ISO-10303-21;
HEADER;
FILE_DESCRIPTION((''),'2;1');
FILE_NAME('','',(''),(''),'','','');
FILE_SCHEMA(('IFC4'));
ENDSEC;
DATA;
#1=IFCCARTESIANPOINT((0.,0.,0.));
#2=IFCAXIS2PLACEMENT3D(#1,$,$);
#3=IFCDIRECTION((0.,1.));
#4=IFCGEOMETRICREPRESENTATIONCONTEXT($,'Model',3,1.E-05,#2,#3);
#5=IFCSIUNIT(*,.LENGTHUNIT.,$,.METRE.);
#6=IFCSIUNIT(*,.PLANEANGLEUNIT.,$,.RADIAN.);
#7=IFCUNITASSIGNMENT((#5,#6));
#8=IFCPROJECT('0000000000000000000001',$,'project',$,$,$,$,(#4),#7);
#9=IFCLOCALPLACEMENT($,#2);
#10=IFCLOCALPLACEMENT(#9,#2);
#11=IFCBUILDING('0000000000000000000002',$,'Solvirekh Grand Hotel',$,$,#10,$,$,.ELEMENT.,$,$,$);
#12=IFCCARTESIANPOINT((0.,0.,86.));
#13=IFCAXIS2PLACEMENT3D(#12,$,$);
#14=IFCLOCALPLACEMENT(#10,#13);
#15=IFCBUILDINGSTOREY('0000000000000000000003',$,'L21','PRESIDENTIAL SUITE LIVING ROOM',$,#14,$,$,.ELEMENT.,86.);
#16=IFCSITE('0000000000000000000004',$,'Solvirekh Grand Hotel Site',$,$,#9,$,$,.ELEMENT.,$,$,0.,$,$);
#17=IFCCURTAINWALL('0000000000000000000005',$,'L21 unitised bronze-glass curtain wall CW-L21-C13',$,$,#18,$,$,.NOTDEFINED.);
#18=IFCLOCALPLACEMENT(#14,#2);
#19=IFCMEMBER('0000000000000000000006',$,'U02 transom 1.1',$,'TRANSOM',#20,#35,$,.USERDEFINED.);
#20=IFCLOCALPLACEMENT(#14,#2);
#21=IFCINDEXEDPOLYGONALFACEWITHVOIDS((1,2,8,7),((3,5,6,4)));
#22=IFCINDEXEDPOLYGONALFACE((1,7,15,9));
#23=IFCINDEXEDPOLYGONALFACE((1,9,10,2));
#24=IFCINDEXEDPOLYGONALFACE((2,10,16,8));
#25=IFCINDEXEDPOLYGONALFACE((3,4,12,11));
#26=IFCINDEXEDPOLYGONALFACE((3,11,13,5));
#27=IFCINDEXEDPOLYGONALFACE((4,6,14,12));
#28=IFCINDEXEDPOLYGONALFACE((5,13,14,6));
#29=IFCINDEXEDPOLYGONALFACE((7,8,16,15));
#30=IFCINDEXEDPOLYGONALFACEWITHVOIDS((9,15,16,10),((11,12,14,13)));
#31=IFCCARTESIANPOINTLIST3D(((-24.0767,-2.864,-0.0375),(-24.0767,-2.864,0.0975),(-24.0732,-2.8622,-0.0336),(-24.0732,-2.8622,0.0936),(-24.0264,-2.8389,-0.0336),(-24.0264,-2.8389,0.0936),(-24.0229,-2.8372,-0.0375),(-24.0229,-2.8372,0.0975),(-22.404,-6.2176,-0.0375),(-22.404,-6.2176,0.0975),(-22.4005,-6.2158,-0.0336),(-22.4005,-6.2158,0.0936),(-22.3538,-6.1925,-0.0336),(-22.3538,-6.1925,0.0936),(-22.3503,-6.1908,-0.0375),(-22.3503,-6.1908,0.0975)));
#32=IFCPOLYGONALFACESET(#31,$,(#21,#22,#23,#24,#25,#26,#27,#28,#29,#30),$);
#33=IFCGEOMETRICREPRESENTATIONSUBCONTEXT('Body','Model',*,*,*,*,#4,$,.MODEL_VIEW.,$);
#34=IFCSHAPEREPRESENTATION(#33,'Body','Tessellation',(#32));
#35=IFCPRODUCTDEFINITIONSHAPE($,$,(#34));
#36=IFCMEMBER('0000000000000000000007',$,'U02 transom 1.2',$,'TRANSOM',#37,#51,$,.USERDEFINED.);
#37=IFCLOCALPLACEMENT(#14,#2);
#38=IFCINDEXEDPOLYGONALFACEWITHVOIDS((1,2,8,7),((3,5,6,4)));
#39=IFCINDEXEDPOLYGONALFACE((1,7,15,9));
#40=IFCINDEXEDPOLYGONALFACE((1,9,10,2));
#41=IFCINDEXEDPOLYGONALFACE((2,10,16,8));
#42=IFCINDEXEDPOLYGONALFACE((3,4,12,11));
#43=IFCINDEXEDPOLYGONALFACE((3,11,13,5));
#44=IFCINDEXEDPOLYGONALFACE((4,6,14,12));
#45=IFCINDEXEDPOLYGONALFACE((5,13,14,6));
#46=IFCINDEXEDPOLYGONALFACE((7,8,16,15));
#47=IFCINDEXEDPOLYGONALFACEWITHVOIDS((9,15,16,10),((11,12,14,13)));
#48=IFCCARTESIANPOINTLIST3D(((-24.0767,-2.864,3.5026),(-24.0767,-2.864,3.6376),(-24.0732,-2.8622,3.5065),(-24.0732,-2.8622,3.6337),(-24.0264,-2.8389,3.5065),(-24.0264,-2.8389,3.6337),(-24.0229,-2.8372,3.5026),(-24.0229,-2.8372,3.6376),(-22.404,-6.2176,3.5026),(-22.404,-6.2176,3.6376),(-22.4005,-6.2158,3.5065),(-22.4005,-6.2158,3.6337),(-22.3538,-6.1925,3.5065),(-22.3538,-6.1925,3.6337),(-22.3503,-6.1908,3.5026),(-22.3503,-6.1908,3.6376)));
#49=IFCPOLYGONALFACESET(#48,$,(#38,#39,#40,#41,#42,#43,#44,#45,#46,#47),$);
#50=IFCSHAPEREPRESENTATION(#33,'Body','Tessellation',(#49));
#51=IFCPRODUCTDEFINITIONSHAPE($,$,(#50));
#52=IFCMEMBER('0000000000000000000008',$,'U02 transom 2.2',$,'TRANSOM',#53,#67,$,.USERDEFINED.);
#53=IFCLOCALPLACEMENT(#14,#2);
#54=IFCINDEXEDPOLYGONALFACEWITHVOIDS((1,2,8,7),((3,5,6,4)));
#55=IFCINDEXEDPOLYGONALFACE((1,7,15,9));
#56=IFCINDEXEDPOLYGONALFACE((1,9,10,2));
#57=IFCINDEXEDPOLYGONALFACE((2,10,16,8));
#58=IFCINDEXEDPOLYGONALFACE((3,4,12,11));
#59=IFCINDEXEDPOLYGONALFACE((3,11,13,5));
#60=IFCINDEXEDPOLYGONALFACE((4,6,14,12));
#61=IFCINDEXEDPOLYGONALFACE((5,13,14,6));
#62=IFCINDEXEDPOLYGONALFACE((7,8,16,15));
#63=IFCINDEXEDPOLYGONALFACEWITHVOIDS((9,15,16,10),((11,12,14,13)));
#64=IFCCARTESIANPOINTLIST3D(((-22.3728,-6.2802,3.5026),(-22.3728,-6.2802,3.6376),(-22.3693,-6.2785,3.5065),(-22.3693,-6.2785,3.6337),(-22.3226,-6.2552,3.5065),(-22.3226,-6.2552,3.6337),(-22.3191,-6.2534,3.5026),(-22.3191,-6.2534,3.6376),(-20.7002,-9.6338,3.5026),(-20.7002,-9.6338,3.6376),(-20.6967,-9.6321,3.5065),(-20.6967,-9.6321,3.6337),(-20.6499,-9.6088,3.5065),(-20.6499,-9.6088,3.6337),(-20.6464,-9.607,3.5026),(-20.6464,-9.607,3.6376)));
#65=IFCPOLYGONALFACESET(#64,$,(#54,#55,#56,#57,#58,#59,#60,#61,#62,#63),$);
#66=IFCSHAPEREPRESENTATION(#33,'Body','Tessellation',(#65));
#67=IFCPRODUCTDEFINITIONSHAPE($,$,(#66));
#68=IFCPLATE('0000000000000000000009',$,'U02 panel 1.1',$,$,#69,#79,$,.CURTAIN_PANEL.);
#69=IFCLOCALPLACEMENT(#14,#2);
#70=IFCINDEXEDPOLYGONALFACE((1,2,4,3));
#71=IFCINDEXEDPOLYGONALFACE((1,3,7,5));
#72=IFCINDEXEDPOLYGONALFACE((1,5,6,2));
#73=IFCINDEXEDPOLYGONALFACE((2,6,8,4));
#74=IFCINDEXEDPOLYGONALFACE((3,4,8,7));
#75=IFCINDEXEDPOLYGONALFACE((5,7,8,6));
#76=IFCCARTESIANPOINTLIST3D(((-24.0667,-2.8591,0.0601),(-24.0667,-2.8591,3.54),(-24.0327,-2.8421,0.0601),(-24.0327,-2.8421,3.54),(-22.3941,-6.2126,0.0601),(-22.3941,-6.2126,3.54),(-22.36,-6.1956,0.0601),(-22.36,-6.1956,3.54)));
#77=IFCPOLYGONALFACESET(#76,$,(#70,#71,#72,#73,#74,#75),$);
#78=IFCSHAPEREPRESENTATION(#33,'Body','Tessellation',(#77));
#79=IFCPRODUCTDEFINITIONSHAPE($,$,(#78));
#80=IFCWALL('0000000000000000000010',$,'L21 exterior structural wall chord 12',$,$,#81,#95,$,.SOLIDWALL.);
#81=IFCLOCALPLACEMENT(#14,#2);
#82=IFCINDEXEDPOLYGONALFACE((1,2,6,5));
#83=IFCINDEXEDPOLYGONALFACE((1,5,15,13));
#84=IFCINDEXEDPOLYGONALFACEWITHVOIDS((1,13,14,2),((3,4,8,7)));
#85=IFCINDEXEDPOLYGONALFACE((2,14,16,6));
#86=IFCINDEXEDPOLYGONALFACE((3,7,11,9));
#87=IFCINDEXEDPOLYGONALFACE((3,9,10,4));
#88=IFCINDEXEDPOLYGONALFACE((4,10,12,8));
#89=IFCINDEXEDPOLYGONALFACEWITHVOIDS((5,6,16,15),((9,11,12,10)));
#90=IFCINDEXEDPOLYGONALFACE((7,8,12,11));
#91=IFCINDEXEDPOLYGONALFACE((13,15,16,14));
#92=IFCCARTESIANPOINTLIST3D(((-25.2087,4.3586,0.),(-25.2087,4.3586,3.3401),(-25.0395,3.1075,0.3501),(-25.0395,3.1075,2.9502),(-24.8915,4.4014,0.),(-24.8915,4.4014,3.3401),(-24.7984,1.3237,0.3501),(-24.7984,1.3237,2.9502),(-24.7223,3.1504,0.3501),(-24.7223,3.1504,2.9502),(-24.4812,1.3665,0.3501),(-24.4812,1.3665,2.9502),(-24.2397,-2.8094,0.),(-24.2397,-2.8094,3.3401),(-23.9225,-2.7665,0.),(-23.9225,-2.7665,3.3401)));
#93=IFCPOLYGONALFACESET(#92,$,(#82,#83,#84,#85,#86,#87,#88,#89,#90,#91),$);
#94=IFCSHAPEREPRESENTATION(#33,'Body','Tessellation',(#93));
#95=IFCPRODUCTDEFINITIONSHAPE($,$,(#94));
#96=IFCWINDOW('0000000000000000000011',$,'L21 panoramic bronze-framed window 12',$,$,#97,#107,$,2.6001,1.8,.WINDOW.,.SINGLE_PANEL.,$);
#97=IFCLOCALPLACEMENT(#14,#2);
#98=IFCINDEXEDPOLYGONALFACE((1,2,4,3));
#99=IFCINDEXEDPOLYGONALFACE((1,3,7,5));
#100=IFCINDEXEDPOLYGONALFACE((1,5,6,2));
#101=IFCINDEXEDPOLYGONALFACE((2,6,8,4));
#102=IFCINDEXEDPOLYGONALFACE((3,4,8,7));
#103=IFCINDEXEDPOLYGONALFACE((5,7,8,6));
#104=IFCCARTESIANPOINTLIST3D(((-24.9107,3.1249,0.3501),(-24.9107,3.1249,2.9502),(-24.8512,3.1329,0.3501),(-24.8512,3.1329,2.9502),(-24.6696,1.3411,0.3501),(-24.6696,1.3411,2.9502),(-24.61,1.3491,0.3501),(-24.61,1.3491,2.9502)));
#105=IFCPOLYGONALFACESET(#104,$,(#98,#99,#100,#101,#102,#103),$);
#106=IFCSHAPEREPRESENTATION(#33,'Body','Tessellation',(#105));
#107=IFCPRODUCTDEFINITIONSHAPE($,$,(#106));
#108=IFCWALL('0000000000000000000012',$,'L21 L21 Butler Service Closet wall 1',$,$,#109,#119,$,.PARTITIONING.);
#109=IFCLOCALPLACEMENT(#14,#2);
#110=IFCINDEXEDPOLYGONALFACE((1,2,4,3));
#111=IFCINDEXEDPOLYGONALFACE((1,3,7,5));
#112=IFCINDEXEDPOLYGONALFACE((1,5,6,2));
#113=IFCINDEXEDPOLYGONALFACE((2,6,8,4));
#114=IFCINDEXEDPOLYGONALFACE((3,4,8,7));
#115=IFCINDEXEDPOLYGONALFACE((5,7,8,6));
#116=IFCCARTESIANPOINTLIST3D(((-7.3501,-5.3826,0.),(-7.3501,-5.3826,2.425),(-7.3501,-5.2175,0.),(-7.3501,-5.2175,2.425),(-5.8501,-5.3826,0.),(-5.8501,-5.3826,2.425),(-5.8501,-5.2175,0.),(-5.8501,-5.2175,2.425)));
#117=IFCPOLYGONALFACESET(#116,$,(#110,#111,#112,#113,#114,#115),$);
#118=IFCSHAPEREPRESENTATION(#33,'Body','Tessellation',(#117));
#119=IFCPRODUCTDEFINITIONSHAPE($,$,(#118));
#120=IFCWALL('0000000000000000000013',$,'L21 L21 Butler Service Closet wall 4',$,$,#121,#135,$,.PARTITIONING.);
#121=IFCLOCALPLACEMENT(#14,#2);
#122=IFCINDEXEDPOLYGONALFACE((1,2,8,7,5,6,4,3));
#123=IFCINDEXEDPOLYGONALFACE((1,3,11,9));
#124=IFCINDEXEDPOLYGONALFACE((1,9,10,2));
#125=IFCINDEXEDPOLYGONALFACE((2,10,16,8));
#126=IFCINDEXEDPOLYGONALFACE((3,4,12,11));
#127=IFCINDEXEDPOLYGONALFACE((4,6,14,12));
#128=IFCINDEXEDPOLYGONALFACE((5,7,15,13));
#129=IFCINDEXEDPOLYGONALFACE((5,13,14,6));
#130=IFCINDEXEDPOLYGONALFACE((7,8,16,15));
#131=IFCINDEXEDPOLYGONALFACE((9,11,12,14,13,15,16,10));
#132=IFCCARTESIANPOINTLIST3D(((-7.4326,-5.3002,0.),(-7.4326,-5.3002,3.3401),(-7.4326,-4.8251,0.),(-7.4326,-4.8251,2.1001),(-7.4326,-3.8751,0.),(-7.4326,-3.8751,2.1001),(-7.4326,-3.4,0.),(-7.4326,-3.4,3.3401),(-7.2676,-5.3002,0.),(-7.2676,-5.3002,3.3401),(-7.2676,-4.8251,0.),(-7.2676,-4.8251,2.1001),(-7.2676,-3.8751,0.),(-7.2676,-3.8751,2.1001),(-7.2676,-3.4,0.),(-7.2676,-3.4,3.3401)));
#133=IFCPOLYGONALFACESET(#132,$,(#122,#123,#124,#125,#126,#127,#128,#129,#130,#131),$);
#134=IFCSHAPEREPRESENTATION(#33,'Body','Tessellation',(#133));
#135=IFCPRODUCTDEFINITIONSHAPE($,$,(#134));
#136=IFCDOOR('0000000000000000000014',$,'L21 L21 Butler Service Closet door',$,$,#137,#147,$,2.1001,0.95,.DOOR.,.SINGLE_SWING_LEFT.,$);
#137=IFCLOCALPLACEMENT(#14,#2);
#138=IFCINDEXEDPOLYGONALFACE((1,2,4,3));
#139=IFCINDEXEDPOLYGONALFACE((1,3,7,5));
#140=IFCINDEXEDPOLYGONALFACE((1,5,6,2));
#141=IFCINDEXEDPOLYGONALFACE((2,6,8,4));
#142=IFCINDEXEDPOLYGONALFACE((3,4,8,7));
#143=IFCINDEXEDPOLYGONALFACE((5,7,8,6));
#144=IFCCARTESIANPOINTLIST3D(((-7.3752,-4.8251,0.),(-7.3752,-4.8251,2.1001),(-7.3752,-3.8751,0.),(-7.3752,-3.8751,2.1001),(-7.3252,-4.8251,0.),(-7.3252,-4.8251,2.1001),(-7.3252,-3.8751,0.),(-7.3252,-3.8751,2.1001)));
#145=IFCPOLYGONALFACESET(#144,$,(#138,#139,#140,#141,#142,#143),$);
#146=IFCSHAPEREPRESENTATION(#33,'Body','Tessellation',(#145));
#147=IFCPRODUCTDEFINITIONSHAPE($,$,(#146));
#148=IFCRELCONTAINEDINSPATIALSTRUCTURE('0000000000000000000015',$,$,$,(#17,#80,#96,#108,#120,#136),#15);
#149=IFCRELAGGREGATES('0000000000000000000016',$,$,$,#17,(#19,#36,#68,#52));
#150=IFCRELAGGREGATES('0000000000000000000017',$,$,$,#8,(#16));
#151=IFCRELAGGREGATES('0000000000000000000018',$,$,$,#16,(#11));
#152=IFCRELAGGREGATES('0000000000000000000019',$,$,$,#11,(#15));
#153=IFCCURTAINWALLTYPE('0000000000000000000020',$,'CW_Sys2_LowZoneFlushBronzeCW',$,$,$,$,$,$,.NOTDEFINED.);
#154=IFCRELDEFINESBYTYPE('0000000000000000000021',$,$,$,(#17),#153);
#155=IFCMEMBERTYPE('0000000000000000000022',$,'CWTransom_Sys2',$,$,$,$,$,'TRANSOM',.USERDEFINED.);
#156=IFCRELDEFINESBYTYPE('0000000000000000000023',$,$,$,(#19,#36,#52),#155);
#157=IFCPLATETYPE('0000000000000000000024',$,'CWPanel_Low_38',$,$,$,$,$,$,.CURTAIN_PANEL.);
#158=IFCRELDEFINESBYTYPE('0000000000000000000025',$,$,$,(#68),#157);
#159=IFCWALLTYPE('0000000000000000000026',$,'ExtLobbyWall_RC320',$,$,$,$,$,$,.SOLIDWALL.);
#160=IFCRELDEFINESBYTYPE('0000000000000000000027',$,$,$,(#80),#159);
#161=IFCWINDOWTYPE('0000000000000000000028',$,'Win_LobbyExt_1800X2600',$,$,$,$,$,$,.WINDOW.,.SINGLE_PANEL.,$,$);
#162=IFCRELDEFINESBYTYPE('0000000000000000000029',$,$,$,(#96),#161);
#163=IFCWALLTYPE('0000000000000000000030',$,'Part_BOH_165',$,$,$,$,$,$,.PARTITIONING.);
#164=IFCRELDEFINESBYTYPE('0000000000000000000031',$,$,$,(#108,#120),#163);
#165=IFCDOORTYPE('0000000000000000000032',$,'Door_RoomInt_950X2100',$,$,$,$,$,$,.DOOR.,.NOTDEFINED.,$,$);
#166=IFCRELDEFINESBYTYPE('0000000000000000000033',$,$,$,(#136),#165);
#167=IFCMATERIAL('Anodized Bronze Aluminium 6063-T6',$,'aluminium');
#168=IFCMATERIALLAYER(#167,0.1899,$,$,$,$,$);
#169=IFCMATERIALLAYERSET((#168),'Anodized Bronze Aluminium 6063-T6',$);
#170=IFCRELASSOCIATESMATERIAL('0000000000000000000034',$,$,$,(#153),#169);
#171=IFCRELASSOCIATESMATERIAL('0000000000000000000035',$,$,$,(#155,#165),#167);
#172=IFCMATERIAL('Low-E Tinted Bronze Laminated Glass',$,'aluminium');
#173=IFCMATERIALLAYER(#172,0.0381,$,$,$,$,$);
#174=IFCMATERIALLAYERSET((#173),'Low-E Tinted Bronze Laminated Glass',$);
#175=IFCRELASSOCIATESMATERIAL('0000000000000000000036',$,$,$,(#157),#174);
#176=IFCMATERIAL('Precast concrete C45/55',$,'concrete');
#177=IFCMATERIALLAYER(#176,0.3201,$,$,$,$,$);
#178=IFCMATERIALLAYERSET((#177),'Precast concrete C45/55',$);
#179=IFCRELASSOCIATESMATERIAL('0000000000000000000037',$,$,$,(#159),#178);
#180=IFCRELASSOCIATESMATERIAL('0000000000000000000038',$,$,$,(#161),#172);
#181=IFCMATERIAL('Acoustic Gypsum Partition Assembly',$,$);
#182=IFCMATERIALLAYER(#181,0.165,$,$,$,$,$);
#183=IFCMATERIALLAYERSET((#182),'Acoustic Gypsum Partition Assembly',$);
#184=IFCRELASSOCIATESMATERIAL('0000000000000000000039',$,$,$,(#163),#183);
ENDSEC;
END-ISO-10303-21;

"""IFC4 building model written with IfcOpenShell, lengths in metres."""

from ifc_helpers import new_model, si_unit, direction, frame, frame_2d, origin, origin_2d, place, context, subcontext, project, spatial, rectangle, hollow_rectangle, extrude, source, transform, mapped, material, layer, layer_set, material_profile, profile_set, type_object, element, fill, aggregate, save


model = new_model("IFC4")

# Units and contexts
model_context = context("Model", 3, precision=1e-05, world=origin(), true_north=direction((0.0, 1.0)))
body_context = subcontext(model_context, "Body", "Model", "MODEL_VIEW")
ifc_project = project(units=[si_unit("LENGTHUNIT", "METRE"), si_unit("PLANEANGLEUNIT", "RADIAN")], contexts=[model_context])

# Site, building, storey
site_placement = place(None, origin())
site = spatial("IfcSite", under=ifc_project, at=site_placement, Name="Solvirekh Grand Hotel Site", CompositionType="ELEMENT", RefElevation=0.0)
building_placement = place(site_placement, origin())
building = spatial("IfcBuilding", under=site, at=building_placement, Name="Solvirekh Grand Hotel", CompositionType="ELEMENT")
storey_placement = place(building_placement, frame((0.0, 0.0, 86.0)))
storey = spatial("IfcBuildingStorey", under=building, at=storey_placement, Name="L21", Description="PRESIDENTIAL SUITE LIVING ROOM", CompositionType="ELEMENT", Elevation=86.0)

# Curtain wall, members, plate
ifc_material_1 = material(Name="Anodized Bronze Aluminium 6063-T6", Category="aluminium")
ifc_layer_1 = layer(ifc_material_1, 0.1899)
ifc_layer_set_1 = layer_set([ifc_layer_1], Name="Anodized Bronze Aluminium 6063-T6")
curtain_wall_type = type_object("IfcCurtainWallType", Name="CW_Sys2_LowZoneFlushBronzeCW", PredefinedType="NOTDEFINED", material=ifc_layer_set_1)
curtain_wall_placement = place(storey_placement, origin())
curtain_wall = element("IfcCurtainWall", 1, at=curtain_wall_placement, inside=storey, type_object=curtain_wall_type, Name="L21 unitised bronze-glass curtain wall CW-L21-C13", PredefinedType="NOTDEFINED")
ifc_material_profile_1 = material_profile(ifc_material_1, hollow_rectangle(XDim=0.0601, YDim=0.135, WallThickness=0.0039, at=origin_2d()), Name="ALU RHS 135X60X4")
ifc_profile_set_1 = profile_set([ifc_material_profile_1], Name="Anodized Bronze Aluminium 6063-T6")
member_type_1 = type_object("IfcMemberType", Name="CWTransom_Sys2", ElementType="TRANSOM", PredefinedType="USERDEFINED", material=ifc_profile_set_1)
shared_shape_1 = source(origin(), body_context, "Body", "SweptSolid", [
    extrude(hollow_rectangle(XDim=0.0601, YDim=0.135, WallThickness=0.0039, at=origin_2d()), origin(), (0.0, 0.0, 1.0), 3.7476),
])
member_1_placement = place(storey_placement, frame((-24.0498, -2.8506, 0.03), z_axis=(0.446327, -0.89487, 0.0), x_axis=(0.89487, 0.446327, 0.0)))
member_1 = element("IfcMember", 2, at=member_1_placement, type_object=member_type_1, Name="U02 transom 1.1", ObjectType="TRANSOM", PredefinedType="USERDEFINED", context=body_context, shape_type="MappedRepresentation", body=[
    mapped(shared_shape_1, transform((0.0, 0.0, 0.0), x_axis=(1.0, 0.0, 0.0), y_axis=(0.0, 1.0, 0.0), z_axis=(0.0, 0.0, 1.0), scale=1.0)),
])
member_2_placement = place(storey_placement, frame((-24.0498, -2.8506, 3.5701), z_axis=(0.446327, -0.89487, 0.0), x_axis=(0.89487, 0.446327, 0.0)))
member_2 = element("IfcMember", 3, at=member_2_placement, type_object=member_type_1, Name="U02 transom 1.2", ObjectType="TRANSOM", PredefinedType="USERDEFINED", context=body_context, shape_type="MappedRepresentation", body=[
    mapped(shared_shape_1, transform((0.0, 0.0, 0.0), x_axis=(1.0, 0.0, 0.0), y_axis=(0.0, 1.0, 0.0), z_axis=(0.0, 0.0, 1.0), scale=1.0)),
])
member_3_placement = place(storey_placement, frame((-22.3459, -6.2668, 3.5701), z_axis=(0.446327, -0.89487, 0.0), x_axis=(0.89487, 0.446327, 0.0)))
member_3 = element("IfcMember", 4, at=member_3_placement, type_object=member_type_1, Name="U02 transom 2.2", ObjectType="TRANSOM", PredefinedType="USERDEFINED", context=body_context, shape_type="MappedRepresentation", body=[
    mapped(shared_shape_1, transform((0.0, 0.0, 0.0), x_axis=(1.0, 0.0, 0.0), y_axis=(0.0, 1.0, 0.0), z_axis=(0.0, 0.0, 1.0), scale=1.0)),
])
ifc_material_2 = material(Name="Low-E Tinted Bronze Laminated Glass", Category="aluminium")
ifc_layer_2 = layer(ifc_material_2, 0.0381)
ifc_layer_set_2 = layer_set([ifc_layer_2], Name="Low-E Tinted Bronze Laminated Glass")
plate_type = type_object("IfcPlateType", Name="CWPanel_Low_38", PredefinedType="CURTAIN_PANEL", material=ifc_layer_set_2)
shared_shape_2 = source(origin(), body_context, "Body", "SweptSolid", [
    extrude(rectangle(XDim=3.7476, YDim=0.0381, at=origin_2d()), origin(), (0.0, 0.0, 1.0), 3.48),
])
plate_placement = place(storey_placement, frame((-23.2134, -4.5273, 0.0601), z_axis=(0.0, 0.0, 1.0), x_axis=(0.446331, -0.894868, 0.0)))
plate = element("IfcPlate", 5, at=plate_placement, type_object=plate_type, Name="U02 panel 1.1", PredefinedType="CURTAIN_PANEL", context=body_context, shape_type="MappedRepresentation", body=[
    mapped(shared_shape_2, transform((0.0, 0.0, 0.0), x_axis=(1.0, 0.0, 0.0), y_axis=(0.0, 1.0, 0.0), z_axis=(0.0, 0.0, 1.0), scale=1.0)),
])
aggregate(curtain_wall, [member_1, member_2, plate, member_3])

# Wall, opening, window
ifc_material_3 = material(Name="Precast concrete C45/55", Category="concrete")
ifc_layer_3 = layer(ifc_material_3, 0.3201)
ifc_layer_set_3 = layer_set([ifc_layer_3], Name="Precast concrete C45/55")
wall_type_1 = type_object("IfcWallType", Name="ExtLobbyWall_RC320", PredefinedType="SOLIDWALL", material=ifc_layer_set_3)
wall_1_placement = place(storey_placement, frame((-24.0811, -2.7881, 0.0), z_axis=(0.0, 0.0, 1.0), x_axis=(-0.133965, 0.990986, 0.0)))
wall_1 = element("IfcWall", 6, at=wall_1_placement, inside=storey, type_object=wall_type_1, Name="L21 exterior structural wall chord 12", PredefinedType="SOLIDWALL", context=body_context, shape_type="SweptSolid", body=[
    extrude(rectangle(XDim=7.2332, YDim=0.3201, at=frame_2d((3.6167, 0.0))), origin(), (0.0, 0.0, 1.0), 3.3401),
])
opening_1_placement = place(wall_1_placement, frame((4.1709, 0.0, 0.3501)))
opening_1 = element("IfcOpeningElement", 7, at=opening_1_placement, cuts=wall_1, PredefinedType="OPENING", context=body_context, shape_type="SweptSolid", body=[
    extrude(rectangle(XDim=1.8, YDim=2.6001, at=frame_2d((0.8999, 1.3))), frame((0.0, 0.1699, 0.0), z_axis=(0.0, -1.0, 0.0), x_axis=(1.0, 0.0, 0.0)), (0.0, 0.0, 1.0), 0.3401),
])
window_type = type_object("IfcWindowType", Name="Win_LobbyExt_1800X2600", PartitioningType="SINGLE_PANEL", PredefinedType="WINDOW", material=ifc_material_2)
window_placement = place(opening_1_placement, origin())
window = element("IfcWindow", 8, at=window_placement, inside=storey, type_object=window_type, Name="L21 panoramic bronze-framed window 12", OverallHeight=2.6001, OverallWidth=1.8, PartitioningType="SINGLE_PANEL", PredefinedType="WINDOW", context=body_context, shape_type="SweptSolid", body=[
    extrude(rectangle(XDim=1.8, YDim=2.6001, at=frame_2d((0.8999, 1.3))), frame((0.0, 0.03, 0.0), z_axis=(0.0, -1.0, 0.0), x_axis=(1.0, 0.0, 0.0)), (0.0, 0.0, 1.0), 0.0601),
])
fill(opening_1, window)

# Wall
ifc_material_4 = material(Name="Acoustic Gypsum Partition Assembly")
ifc_layer_4 = layer(ifc_material_4, 0.165)
ifc_layer_set_4 = layer_set([ifc_layer_4], Name="Acoustic Gypsum Partition Assembly")
wall_type_2 = type_object("IfcWallType", Name="Part_BOH_165", PredefinedType="PARTITIONING", material=ifc_layer_set_4)
wall_2_placement = place(storey_placement, frame((-7.3501, -5.3, 0.0), z_axis=(0.0, 0.0, 1.0), x_axis=(1.0, 0.0, 0.0)))
element("IfcWall", 9, at=wall_2_placement, inside=storey, type_object=wall_type_2, Name="L21 L21 Butler Service Closet wall 1", PredefinedType="PARTITIONING", context=body_context, shape_type="SweptSolid", body=[
    extrude(rectangle(XDim=1.5, YDim=0.165, at=frame_2d((0.75, 0.0))), origin(), (0.0, 0.0, 1.0), 2.425),
])

# Wall, opening, door
wall_3_placement = place(storey_placement, frame((-7.3501, -3.3999, 0.0), z_axis=(0.0, 0.0, 1.0), x_axis=(0.0, -1.0, 0.0)))
wall_3 = element("IfcWall", 10, at=wall_3_placement, inside=storey, type_object=wall_type_2, Name="L21 L21 Butler Service Closet wall 4", PredefinedType="PARTITIONING", context=body_context, shape_type="SweptSolid", body=[
    extrude(rectangle(XDim=1.9001, YDim=0.165, at=frame_2d((0.9502, 0.0))), origin(), (0.0, 0.0, 1.0), 3.3401),
])
opening_2_placement = place(wall_3_placement, frame((0.4751, 0.0, 0.0)))
opening_2 = element("IfcOpeningElement", 11, at=opening_2_placement, cuts=wall_3, PredefinedType="OPENING", context=body_context, shape_type="SweptSolid", body=[
    extrude(rectangle(XDim=0.95, YDim=2.1001, at=frame_2d((0.4751, 1.05))), frame((0.0, 0.0925, 0.0), z_axis=(0.0, -1.0, 0.0), x_axis=(1.0, 0.0, 0.0)), (0.0, 0.0, 1.0), 0.1851),
])
door_type_1 = type_object("IfcDoorType", Name="Door_RoomInt_950X2100", OperationType="NOTDEFINED", PredefinedType="DOOR", material=ifc_material_1)
door_1_placement = place(opening_2_placement, origin())
door_1 = element("IfcDoor", 12, at=door_1_placement, inside=storey, type_object=door_type_1, Name="L21 L21 Butler Service Closet door", OperationType="SINGLE_SWING_LEFT", OverallHeight=2.1001, OverallWidth=0.95, PredefinedType="DOOR", context=body_context, shape_type="SweptSolid", body=[
    extrude(rectangle(XDim=0.95, YDim=2.1001, at=frame_2d((0.4751, 1.05))), frame((0.0, 0.0249, 0.0), z_axis=(0.0, -1.0, 0.0), x_axis=(1.0, 0.0, 0.0)), (0.0, 0.0, 1.0), 0.05),
])
fill(opening_2, door_1)

save(model, "model.ifc")
